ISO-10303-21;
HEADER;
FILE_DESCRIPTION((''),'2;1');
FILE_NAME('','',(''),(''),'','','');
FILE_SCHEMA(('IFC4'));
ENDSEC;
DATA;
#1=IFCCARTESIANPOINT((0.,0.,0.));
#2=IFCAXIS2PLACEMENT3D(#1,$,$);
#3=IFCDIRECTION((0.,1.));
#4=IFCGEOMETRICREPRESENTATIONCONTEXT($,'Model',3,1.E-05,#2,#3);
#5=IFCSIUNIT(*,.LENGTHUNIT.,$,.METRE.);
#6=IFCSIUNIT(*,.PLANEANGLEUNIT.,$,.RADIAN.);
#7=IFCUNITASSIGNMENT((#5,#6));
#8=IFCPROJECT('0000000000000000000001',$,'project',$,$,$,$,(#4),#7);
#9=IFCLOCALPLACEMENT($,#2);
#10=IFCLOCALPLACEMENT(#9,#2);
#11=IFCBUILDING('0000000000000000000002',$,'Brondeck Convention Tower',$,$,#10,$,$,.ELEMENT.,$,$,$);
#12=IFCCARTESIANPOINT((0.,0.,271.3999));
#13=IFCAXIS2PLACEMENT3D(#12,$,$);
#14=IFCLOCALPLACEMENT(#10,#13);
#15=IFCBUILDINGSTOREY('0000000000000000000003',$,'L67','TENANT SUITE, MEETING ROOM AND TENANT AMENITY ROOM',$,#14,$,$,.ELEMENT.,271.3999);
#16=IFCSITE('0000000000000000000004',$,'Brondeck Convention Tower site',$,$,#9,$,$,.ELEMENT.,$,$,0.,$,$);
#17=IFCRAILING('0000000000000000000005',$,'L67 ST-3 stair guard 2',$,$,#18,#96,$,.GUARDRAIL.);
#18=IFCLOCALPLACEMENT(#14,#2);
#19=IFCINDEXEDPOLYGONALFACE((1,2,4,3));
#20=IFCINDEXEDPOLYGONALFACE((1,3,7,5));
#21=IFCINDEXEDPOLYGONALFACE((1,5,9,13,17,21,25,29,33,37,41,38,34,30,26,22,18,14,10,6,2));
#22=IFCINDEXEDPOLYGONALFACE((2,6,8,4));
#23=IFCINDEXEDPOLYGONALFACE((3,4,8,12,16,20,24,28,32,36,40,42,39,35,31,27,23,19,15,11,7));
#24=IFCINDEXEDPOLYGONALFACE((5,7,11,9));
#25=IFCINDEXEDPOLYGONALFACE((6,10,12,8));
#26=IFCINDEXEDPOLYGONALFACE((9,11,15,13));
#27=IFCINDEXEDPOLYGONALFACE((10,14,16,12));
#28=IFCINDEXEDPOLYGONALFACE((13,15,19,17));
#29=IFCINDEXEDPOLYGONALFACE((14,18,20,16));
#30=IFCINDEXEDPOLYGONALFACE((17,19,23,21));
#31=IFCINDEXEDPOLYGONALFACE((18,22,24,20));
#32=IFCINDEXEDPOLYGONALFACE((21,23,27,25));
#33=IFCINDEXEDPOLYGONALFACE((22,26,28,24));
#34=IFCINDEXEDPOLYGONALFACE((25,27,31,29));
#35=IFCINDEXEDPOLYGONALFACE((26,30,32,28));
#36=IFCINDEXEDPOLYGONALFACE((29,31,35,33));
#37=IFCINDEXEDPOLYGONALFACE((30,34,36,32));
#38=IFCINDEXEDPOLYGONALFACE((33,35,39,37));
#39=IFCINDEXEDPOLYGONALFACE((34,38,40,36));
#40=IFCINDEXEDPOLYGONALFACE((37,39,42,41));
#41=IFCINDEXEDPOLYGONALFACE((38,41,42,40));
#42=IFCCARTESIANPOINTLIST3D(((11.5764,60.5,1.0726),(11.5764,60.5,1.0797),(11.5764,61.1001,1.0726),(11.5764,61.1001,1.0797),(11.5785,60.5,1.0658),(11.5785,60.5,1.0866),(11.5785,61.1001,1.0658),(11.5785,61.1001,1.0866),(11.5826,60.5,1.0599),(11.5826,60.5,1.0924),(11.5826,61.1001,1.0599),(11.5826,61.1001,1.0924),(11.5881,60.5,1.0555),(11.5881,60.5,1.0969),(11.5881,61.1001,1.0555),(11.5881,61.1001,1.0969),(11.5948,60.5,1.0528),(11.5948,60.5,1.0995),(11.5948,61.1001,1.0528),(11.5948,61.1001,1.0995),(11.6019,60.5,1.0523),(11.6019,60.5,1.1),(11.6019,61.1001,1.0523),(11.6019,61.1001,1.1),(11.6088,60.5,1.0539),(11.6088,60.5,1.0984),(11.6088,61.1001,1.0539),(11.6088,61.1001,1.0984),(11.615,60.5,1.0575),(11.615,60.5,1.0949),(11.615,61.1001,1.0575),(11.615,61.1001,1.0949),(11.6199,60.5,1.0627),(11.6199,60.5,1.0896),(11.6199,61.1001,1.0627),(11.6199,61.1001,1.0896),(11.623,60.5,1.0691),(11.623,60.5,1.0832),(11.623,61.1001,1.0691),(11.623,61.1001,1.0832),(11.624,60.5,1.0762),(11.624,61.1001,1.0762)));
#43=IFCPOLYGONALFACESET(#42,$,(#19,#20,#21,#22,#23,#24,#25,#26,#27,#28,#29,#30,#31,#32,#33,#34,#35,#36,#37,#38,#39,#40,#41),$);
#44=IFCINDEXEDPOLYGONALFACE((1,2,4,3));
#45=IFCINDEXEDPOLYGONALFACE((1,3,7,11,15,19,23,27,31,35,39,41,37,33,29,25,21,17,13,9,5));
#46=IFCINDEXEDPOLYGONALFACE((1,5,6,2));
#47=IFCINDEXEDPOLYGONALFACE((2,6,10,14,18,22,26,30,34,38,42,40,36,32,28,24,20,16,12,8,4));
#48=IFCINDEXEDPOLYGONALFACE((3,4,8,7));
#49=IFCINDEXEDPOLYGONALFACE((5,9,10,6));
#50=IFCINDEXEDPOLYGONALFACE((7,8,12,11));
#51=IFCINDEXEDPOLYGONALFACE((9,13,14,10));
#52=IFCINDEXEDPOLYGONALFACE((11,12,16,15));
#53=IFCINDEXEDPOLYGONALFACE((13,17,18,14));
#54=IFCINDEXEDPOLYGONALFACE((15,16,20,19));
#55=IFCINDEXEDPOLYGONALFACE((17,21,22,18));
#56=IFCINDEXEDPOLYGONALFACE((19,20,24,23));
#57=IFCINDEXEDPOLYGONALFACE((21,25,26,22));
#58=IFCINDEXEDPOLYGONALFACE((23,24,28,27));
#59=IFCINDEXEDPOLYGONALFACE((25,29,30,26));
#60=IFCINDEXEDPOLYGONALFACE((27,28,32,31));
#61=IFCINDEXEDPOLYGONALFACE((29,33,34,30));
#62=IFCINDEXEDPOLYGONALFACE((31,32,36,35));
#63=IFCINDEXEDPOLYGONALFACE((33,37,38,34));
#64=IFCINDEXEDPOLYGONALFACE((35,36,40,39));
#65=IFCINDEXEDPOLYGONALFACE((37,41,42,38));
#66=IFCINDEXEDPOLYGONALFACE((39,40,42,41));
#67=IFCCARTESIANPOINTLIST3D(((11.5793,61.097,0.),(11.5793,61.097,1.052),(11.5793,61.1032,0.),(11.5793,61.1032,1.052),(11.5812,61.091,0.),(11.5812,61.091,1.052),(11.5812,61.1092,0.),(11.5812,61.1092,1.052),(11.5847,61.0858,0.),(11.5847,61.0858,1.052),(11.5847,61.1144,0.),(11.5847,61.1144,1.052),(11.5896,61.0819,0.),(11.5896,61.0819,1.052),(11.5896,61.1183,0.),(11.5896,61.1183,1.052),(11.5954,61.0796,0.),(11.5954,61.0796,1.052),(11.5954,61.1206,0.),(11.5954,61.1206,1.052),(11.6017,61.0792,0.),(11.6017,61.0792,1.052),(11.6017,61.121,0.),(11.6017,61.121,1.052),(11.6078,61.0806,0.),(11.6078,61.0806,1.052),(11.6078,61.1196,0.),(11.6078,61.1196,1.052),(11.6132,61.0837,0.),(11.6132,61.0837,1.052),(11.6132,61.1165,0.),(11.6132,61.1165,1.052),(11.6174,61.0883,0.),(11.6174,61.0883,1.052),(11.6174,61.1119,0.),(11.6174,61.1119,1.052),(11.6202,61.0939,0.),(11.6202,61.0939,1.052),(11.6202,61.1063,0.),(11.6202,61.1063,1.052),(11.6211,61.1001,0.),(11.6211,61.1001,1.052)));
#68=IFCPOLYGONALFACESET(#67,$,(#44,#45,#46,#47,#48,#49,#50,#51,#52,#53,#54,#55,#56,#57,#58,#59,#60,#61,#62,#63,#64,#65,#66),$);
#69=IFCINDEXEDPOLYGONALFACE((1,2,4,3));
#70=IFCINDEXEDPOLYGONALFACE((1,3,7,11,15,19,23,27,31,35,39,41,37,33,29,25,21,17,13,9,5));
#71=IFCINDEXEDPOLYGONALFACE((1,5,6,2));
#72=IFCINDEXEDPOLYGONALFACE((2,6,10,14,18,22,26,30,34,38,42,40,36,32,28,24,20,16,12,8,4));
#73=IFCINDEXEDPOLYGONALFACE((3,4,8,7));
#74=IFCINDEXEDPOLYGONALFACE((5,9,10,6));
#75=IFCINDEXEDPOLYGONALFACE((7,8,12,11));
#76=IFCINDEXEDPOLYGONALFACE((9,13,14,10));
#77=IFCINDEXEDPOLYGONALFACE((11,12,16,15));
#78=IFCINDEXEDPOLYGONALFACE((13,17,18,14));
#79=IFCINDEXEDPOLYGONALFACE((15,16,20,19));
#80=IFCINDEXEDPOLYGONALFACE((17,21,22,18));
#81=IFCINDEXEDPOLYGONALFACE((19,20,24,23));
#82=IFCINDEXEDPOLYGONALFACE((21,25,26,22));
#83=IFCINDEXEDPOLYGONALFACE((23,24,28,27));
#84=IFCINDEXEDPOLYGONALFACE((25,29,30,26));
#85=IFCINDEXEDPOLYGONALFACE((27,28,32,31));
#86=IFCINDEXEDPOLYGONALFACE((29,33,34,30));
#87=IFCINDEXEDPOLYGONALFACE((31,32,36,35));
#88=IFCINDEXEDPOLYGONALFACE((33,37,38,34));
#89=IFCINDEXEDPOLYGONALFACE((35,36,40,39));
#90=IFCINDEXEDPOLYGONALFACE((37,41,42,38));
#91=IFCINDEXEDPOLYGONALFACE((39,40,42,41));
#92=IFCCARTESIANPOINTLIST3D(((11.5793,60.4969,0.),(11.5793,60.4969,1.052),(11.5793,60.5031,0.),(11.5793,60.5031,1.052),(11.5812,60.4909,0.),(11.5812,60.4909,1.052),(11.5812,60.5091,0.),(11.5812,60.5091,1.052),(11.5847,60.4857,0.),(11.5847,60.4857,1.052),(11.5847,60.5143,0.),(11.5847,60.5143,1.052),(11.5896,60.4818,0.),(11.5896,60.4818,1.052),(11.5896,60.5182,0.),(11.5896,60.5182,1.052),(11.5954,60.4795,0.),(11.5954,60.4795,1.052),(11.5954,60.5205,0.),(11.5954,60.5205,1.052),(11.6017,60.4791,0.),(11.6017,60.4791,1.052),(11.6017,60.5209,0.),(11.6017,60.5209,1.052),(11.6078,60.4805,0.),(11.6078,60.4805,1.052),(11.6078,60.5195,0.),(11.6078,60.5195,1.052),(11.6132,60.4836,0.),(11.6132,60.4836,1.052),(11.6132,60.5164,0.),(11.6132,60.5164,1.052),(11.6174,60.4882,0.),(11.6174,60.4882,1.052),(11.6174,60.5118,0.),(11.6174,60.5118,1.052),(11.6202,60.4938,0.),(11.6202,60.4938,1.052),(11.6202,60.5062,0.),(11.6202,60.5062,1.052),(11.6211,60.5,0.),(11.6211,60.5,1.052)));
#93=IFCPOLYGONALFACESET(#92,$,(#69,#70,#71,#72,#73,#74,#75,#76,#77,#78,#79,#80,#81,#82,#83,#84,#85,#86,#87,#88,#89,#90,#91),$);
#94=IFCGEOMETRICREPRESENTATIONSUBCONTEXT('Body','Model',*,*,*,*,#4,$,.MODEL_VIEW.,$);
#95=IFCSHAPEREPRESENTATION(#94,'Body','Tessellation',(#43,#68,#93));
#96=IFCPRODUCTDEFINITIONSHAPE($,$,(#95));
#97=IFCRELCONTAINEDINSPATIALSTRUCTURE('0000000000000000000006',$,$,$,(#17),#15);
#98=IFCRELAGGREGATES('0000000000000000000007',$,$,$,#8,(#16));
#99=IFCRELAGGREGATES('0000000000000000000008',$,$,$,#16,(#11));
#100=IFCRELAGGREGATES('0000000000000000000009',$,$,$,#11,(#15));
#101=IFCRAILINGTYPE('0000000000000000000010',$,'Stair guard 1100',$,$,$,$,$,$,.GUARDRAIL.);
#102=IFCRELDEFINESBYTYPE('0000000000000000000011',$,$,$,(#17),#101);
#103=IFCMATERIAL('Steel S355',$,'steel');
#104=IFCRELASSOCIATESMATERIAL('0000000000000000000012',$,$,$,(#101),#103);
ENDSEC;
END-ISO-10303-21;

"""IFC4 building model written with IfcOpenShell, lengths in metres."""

from ifc_helpers import new_model, si_unit, direction, frame, origin, origin_2d, place, context, subcontext, project, spatial, circle, extrude, material, type_object, element, save


model = new_model("IFC4")

# Units and contexts
model_context = context("Model", 3, precision=1e-05, world=origin(), true_north=direction((0.0, 1.0)))
body_context = subcontext(model_context, "Body", "Model", "MODEL_VIEW")
ifc_project = project(units=[si_unit("LENGTHUNIT", "METRE"), si_unit("PLANEANGLEUNIT", "RADIAN")], contexts=[model_context])

# Site, building, storey
site_placement = place(None, origin())
site = spatial("IfcSite", under=ifc_project, at=site_placement, Name="Brondeck Convention Tower site", CompositionType="ELEMENT", RefElevation=0.0)
building_placement = place(site_placement, origin())
building = spatial("IfcBuilding", under=site, at=building_placement, Name="Brondeck Convention Tower", CompositionType="ELEMENT")
storey_placement = place(building_placement, frame((0.0, 0.0, 271.3999)))
storey = spatial("IfcBuildingStorey", under=building, at=storey_placement, Name="L67", Description="TENANT SUITE, MEETING ROOM AND TENANT AMENITY ROOM", CompositionType="ELEMENT", Elevation=271.3999)

# Railing
ifc_material_1 = material(Name="Steel S355", Category="steel")
railing_type_1 = type_object("IfcRailingType", Name="Stair guard 1100", PredefinedType="GUARDRAIL", material=ifc_material_1)
railing_1_placement = place(storey_placement, frame((11.6001, 61.1001, 0.0)))
element("IfcRailing", 1, at=railing_1_placement, inside=storey, type_object=railing_type_1, Name="L67 ST-3 stair guard 2", PredefinedType="GUARDRAIL", context=body_context, shape_type="SweptSolid", body=[
    extrude(circle(Radius=0.0239, at=origin_2d()), frame((0.0, 0.0, 1.0762), z_axis=(0.0, -1.0, 0.0), x_axis=(1.0, 0.0, 0.0)), (0.0, 0.0, 1.0), 0.6001),
    extrude(circle(Radius=0.021, at=origin_2d()), origin(), (0.0, 0.0, 1.0), 1.052),
    extrude(circle(Radius=0.021, at=origin_2d()), frame((0.0, -0.6001, 0.0)), (0.0, 0.0, 1.0), 1.052),
])

save(model, "model.ifc")
